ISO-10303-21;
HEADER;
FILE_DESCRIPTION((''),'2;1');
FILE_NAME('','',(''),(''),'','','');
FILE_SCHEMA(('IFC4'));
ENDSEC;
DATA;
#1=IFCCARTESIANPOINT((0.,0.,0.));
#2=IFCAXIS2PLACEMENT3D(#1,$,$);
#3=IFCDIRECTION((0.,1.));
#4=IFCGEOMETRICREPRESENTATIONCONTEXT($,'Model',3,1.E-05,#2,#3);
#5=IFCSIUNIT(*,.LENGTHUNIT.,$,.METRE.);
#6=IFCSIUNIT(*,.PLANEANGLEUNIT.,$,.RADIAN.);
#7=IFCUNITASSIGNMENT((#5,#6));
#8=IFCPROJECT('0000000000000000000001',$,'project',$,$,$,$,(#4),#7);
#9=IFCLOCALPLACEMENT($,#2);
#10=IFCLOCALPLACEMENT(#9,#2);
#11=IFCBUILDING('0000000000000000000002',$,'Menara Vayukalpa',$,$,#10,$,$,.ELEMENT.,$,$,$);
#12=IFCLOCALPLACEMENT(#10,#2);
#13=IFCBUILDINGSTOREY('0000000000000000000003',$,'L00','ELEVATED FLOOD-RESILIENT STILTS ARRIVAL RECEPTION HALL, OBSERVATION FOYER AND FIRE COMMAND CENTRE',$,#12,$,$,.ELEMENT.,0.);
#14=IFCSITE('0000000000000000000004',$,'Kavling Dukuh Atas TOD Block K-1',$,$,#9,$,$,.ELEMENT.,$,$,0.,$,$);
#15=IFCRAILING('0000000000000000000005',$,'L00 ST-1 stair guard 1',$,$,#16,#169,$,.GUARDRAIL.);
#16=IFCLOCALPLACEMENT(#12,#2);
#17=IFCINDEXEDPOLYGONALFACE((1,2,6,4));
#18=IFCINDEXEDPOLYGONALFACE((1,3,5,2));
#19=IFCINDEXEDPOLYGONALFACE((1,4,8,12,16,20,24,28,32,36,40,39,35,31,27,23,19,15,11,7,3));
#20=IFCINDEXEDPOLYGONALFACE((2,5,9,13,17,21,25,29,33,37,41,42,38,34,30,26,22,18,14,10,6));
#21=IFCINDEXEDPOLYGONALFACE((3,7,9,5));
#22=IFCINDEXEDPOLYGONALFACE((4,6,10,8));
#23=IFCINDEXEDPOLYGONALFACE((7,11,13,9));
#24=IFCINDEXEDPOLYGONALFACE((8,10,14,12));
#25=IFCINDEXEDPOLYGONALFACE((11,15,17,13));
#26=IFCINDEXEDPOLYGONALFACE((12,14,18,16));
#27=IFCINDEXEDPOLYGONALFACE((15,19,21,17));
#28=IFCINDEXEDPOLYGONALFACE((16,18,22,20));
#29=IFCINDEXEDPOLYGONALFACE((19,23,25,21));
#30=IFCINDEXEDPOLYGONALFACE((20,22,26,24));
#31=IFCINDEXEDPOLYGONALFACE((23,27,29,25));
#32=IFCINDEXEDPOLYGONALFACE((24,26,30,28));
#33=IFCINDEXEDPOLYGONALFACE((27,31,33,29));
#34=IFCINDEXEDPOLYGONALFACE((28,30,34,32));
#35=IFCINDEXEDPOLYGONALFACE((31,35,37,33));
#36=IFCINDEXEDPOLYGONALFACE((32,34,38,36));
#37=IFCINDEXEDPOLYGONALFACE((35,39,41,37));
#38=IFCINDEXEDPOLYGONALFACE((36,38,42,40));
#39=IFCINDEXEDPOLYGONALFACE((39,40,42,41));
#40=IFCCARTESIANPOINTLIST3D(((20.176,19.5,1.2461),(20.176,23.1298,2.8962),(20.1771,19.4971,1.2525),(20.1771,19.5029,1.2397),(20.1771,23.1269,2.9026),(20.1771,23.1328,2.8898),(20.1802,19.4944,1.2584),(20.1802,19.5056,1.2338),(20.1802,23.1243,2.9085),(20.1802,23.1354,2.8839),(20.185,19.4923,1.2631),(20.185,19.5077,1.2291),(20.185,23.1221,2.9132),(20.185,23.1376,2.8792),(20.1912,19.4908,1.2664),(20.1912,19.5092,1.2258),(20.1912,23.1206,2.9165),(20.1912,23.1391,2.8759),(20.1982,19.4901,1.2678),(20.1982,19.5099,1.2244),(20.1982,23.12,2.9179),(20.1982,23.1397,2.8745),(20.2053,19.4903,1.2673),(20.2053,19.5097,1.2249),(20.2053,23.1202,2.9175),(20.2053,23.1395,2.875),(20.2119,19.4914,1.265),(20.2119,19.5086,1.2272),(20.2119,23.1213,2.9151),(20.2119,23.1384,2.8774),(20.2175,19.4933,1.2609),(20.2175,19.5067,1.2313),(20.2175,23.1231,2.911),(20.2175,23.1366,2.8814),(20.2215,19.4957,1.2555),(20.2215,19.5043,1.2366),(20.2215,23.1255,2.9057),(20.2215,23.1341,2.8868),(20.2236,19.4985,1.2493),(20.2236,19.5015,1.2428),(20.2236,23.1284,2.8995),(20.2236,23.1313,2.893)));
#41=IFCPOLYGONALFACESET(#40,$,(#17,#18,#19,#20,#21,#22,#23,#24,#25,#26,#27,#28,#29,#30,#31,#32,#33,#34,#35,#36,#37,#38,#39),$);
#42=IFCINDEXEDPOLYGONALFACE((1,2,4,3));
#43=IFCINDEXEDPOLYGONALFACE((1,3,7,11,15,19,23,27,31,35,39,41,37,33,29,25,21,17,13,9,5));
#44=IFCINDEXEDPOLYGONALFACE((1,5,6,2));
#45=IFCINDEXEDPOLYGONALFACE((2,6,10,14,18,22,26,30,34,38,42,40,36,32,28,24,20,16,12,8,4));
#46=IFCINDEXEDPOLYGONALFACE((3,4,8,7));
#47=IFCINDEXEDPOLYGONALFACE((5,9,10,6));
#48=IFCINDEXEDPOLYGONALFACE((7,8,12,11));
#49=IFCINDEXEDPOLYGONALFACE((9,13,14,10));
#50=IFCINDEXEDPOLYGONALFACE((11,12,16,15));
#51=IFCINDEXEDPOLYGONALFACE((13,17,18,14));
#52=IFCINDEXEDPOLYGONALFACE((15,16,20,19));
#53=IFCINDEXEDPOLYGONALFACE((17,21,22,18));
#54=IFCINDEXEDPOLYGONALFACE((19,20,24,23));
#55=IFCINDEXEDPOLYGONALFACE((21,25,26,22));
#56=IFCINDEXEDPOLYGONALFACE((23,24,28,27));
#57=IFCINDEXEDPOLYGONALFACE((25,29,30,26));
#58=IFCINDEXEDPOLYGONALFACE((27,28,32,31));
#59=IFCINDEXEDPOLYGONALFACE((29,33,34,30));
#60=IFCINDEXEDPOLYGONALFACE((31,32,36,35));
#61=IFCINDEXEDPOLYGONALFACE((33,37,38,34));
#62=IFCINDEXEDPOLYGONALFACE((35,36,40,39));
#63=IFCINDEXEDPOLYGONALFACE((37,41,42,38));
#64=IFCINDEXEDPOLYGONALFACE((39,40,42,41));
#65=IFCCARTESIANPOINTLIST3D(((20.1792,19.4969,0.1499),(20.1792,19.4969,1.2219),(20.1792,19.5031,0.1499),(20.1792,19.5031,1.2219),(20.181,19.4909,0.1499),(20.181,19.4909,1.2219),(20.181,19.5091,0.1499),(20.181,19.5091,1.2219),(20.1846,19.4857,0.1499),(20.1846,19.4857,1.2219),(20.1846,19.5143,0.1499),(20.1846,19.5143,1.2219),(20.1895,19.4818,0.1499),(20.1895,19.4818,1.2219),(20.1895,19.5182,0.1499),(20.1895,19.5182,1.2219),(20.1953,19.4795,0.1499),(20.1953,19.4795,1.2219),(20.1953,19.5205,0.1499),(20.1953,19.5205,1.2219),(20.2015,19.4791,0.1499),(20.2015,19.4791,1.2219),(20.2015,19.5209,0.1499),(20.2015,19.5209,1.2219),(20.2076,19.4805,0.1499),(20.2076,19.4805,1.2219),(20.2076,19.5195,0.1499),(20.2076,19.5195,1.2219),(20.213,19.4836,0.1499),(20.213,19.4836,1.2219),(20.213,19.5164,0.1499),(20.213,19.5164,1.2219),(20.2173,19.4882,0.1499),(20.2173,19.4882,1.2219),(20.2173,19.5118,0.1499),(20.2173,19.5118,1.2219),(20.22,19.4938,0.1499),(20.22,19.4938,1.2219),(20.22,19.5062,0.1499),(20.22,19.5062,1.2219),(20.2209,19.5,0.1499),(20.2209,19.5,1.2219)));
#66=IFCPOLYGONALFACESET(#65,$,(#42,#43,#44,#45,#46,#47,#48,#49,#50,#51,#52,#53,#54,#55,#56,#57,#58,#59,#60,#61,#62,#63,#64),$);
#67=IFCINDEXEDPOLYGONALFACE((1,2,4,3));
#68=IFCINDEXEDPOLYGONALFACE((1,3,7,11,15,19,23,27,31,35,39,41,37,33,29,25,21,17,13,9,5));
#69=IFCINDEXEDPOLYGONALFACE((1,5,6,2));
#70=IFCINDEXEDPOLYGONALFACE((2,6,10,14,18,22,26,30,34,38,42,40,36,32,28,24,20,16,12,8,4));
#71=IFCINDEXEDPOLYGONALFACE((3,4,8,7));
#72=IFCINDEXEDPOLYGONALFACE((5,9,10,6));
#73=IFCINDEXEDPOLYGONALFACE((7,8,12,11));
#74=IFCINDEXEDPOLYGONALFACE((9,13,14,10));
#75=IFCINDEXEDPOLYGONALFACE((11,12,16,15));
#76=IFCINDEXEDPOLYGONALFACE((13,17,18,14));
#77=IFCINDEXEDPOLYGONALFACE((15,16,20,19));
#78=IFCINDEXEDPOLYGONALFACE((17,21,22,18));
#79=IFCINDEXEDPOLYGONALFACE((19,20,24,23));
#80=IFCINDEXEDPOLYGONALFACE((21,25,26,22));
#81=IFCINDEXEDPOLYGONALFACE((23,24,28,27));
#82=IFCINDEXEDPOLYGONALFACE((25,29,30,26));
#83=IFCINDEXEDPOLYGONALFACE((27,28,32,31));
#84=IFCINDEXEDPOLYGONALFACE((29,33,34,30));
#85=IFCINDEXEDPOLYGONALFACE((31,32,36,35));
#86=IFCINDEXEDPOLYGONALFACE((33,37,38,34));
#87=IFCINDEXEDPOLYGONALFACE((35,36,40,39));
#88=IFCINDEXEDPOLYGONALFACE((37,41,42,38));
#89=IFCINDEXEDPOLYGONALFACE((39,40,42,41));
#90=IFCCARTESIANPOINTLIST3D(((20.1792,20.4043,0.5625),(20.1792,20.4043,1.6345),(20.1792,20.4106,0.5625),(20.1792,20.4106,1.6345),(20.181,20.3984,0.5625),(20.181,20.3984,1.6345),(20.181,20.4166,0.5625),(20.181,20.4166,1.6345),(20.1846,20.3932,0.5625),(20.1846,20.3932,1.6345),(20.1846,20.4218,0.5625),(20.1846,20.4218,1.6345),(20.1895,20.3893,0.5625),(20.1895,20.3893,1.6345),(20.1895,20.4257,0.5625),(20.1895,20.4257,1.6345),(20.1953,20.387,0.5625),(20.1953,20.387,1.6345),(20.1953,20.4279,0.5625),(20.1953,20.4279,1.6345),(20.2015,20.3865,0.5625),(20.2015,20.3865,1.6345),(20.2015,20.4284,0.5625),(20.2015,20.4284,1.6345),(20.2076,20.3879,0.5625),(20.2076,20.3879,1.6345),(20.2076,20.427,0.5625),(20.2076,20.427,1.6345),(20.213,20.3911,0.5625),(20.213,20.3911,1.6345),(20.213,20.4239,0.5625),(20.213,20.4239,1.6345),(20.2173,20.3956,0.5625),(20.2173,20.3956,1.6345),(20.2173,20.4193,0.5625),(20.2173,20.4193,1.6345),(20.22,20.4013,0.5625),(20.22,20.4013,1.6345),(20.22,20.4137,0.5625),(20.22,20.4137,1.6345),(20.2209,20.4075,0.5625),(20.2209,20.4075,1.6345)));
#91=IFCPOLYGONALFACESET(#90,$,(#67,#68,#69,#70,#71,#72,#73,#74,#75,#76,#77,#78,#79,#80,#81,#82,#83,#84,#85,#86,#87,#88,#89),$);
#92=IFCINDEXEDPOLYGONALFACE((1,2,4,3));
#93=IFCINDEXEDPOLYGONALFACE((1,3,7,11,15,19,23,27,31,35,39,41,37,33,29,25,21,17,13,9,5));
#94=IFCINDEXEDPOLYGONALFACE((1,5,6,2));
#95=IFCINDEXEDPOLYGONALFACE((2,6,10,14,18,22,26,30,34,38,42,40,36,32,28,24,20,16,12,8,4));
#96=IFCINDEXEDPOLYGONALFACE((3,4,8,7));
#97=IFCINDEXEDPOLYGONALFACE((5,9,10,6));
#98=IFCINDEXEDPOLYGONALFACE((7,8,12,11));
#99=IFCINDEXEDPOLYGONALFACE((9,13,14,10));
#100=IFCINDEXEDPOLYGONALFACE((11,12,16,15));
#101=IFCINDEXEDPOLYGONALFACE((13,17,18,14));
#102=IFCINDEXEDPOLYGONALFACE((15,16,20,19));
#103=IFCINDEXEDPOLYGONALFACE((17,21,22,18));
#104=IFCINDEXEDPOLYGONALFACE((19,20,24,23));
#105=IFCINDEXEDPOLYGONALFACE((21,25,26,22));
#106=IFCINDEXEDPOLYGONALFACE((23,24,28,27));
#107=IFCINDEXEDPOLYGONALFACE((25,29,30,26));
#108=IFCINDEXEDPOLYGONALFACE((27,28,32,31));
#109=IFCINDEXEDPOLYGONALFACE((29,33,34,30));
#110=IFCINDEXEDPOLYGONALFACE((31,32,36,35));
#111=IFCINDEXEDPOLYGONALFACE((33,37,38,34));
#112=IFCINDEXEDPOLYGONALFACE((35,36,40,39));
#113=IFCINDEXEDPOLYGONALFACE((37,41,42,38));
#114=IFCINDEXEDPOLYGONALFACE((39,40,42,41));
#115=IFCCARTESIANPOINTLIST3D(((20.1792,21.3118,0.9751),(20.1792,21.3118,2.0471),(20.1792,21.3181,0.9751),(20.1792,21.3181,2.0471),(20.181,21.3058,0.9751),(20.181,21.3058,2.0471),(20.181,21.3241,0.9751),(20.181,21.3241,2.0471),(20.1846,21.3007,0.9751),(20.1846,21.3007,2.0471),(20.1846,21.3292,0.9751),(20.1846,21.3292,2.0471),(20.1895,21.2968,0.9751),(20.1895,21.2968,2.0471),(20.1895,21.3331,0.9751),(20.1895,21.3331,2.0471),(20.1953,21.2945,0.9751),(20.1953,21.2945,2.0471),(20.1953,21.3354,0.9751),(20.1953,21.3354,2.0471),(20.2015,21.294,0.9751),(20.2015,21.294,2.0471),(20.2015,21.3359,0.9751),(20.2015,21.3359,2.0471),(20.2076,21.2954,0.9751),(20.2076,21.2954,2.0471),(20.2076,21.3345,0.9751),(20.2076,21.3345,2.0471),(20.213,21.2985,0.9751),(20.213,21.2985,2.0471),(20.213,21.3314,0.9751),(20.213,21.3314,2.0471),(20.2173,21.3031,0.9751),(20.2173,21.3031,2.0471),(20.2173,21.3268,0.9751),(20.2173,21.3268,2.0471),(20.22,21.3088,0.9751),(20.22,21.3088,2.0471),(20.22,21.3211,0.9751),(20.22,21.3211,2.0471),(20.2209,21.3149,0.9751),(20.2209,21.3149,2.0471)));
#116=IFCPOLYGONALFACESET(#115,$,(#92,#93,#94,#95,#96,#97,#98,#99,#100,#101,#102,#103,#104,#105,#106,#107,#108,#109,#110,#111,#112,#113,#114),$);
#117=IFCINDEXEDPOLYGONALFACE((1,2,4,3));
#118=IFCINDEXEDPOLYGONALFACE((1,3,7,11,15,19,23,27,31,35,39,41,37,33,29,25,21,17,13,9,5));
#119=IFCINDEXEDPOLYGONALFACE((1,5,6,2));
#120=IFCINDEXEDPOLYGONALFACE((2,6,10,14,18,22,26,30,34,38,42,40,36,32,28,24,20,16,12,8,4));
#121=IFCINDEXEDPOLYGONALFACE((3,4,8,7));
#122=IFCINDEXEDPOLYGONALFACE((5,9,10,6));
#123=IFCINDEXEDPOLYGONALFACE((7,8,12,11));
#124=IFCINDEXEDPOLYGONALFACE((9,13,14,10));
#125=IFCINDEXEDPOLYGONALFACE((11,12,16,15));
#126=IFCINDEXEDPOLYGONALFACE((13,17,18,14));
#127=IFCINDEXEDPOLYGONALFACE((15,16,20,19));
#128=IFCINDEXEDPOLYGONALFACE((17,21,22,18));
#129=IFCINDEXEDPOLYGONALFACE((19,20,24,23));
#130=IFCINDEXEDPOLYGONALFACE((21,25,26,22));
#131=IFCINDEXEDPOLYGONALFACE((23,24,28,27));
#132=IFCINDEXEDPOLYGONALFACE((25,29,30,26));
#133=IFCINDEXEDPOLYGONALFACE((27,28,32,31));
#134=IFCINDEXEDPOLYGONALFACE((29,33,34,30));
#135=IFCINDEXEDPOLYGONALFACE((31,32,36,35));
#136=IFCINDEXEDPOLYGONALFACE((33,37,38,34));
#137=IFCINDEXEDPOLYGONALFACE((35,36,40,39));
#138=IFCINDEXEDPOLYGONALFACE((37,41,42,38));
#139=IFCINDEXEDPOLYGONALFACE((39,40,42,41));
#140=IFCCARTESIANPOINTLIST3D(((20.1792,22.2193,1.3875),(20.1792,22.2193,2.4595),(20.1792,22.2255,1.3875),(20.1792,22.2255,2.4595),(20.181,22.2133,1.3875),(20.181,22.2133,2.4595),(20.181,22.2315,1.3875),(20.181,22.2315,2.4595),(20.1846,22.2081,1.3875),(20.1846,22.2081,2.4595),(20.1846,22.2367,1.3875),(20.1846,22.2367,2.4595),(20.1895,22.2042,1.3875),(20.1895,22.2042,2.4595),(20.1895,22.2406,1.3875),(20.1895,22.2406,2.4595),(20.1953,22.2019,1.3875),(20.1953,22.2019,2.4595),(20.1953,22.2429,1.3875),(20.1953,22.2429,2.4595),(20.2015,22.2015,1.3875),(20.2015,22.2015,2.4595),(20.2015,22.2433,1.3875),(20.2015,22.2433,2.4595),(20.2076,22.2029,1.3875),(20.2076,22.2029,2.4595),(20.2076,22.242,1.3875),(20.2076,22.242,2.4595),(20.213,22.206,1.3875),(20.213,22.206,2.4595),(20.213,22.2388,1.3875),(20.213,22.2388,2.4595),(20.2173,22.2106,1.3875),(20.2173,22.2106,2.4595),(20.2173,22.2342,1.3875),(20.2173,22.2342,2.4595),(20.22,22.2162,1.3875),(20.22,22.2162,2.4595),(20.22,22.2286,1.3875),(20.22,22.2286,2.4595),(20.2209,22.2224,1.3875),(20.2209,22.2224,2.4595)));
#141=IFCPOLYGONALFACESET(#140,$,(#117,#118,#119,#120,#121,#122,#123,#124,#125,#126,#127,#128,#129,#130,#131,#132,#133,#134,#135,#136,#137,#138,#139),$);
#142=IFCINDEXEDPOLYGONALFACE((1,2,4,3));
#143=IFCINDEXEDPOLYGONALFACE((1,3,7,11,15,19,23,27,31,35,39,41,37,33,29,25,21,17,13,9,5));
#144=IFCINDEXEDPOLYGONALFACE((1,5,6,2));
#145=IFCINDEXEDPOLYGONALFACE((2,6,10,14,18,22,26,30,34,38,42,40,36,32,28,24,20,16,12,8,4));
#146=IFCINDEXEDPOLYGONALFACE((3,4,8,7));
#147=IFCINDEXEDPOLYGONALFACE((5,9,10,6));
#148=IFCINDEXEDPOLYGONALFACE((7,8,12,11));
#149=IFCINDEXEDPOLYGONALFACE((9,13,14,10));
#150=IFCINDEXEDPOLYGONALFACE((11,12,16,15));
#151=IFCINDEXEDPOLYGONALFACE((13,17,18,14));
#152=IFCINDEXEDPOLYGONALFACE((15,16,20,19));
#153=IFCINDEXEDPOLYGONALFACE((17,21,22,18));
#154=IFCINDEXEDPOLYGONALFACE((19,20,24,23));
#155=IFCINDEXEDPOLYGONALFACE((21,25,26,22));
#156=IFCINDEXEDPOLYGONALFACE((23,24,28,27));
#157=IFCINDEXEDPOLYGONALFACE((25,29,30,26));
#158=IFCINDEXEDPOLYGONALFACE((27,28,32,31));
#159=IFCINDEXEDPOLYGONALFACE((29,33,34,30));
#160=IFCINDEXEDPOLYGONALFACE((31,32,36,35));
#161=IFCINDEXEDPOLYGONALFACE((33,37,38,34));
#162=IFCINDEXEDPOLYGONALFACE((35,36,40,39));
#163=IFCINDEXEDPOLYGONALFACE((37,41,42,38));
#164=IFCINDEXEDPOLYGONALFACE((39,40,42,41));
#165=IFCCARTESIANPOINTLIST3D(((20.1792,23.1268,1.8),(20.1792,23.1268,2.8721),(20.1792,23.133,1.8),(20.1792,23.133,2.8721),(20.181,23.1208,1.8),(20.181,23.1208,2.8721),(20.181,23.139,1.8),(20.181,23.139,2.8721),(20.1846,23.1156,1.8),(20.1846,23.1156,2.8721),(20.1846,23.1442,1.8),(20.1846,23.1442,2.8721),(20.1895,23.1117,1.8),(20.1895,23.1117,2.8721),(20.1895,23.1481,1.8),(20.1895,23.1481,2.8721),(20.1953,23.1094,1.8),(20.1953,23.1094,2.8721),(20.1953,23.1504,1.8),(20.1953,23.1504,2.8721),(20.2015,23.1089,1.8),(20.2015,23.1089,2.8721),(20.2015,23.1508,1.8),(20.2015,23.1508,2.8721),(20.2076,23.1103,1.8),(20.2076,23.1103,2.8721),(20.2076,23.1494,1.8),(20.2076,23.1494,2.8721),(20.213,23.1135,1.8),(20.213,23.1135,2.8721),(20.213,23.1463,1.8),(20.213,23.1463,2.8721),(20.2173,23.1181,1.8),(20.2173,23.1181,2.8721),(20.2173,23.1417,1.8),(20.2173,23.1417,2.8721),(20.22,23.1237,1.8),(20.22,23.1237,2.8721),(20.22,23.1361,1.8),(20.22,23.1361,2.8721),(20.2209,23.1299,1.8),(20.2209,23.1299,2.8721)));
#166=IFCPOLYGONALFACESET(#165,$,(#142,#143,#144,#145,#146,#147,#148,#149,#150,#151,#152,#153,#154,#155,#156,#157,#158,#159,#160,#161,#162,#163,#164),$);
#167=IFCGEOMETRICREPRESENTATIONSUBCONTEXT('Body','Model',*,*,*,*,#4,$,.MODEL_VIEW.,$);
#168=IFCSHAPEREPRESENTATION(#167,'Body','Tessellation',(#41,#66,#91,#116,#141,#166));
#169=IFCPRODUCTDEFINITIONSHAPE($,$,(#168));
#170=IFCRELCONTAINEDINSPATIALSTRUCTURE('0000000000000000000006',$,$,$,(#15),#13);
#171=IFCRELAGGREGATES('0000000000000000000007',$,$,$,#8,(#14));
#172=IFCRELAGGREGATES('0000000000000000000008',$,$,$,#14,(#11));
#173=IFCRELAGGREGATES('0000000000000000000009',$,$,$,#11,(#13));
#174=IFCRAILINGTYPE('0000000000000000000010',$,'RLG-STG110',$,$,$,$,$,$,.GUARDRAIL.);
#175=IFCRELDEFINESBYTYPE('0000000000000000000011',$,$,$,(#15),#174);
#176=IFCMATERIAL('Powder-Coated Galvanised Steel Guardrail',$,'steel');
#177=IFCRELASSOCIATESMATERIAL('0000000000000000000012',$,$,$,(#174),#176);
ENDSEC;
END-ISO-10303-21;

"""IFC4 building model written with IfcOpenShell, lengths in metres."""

from ifc_helpers import new_model, si_unit, direction, frame, origin, origin_2d, place, context, subcontext, project, spatial, circle, extrude, material, type_object, element, save


model = new_model("IFC4")

# Units and contexts
model_context = context("Model", 3, precision=1e-05, world=origin(), true_north=direction((0.0, 1.0)))
body_context = subcontext(model_context, "Body", "Model", "MODEL_VIEW")
ifc_project = project(units=[si_unit("LENGTHUNIT", "METRE"), si_unit("PLANEANGLEUNIT", "RADIAN")], contexts=[model_context])

# Site, building, storey
site_placement = place(None, origin())
site = spatial("IfcSite", under=ifc_project, at=site_placement, Name="Kavling Dukuh Atas TOD Block K-1", CompositionType="ELEMENT", RefElevation=0.0)
building_placement = place(site_placement, origin())
building = spatial("IfcBuilding", under=site, at=building_placement, Name="Menara Vayukalpa", CompositionType="ELEMENT")
storey_placement = place(building_placement, origin())
storey = spatial("IfcBuildingStorey", under=building, at=storey_placement, Name="L00", Description="ELEVATED FLOOD-RESILIENT STILTS ARRIVAL RECEPTION HALL, OBSERVATION FOYER AND FIRE COMMAND CENTRE", CompositionType="ELEMENT", Elevation=0.0)

# Railing
ifc_material_1 = material(Name="Powder-Coated Galvanised Steel Guardrail", Category="steel")
railing_type = type_object("IfcRailingType", Name="RLG-STG110", PredefinedType="GUARDRAIL", material=ifc_material_1)
railing_1_placement = place(storey_placement, frame((20.2, 19.5, 0.1499)))
element("IfcRailing", 1, at=railing_1_placement, inside=storey, type_object=railing_type, Name="L00 ST-1 stair guard 1", PredefinedType="GUARDRAIL", context=body_context, shape_type="SweptSolid", body=[
    extrude(circle(Radius=0.0239, at=origin_2d()), frame((0.0, 0.0, 1.0962), z_axis=(0.0, 0.910348, 0.413844), x_axis=(-1.0, 0.0, 0.0)), (0.0, 0.0, 1.0), 3.9873),
    extrude(circle(Radius=0.021, at=origin_2d()), origin(), (0.0, 0.0, 1.0), 1.072),
    extrude(circle(Radius=0.021, at=origin_2d()), frame((0.0, 0.9075, 0.4126)), (0.0, 0.0, 1.0), 1.072),
    extrude(circle(Radius=0.021, at=origin_2d()), frame((0.0, 1.8149, 0.8252)), (0.0, 0.0, 1.0), 1.072),
    extrude(circle(Radius=0.021, at=origin_2d()), frame((0.0, 2.7224, 1.2375)), (0.0, 0.0, 1.0), 1.072),
    extrude(circle(Radius=0.021, at=origin_2d()), frame((0.0, 3.6299, 1.6501)), (0.0, 0.0, 1.0), 1.072),
])

save(model, "model.ifc")
